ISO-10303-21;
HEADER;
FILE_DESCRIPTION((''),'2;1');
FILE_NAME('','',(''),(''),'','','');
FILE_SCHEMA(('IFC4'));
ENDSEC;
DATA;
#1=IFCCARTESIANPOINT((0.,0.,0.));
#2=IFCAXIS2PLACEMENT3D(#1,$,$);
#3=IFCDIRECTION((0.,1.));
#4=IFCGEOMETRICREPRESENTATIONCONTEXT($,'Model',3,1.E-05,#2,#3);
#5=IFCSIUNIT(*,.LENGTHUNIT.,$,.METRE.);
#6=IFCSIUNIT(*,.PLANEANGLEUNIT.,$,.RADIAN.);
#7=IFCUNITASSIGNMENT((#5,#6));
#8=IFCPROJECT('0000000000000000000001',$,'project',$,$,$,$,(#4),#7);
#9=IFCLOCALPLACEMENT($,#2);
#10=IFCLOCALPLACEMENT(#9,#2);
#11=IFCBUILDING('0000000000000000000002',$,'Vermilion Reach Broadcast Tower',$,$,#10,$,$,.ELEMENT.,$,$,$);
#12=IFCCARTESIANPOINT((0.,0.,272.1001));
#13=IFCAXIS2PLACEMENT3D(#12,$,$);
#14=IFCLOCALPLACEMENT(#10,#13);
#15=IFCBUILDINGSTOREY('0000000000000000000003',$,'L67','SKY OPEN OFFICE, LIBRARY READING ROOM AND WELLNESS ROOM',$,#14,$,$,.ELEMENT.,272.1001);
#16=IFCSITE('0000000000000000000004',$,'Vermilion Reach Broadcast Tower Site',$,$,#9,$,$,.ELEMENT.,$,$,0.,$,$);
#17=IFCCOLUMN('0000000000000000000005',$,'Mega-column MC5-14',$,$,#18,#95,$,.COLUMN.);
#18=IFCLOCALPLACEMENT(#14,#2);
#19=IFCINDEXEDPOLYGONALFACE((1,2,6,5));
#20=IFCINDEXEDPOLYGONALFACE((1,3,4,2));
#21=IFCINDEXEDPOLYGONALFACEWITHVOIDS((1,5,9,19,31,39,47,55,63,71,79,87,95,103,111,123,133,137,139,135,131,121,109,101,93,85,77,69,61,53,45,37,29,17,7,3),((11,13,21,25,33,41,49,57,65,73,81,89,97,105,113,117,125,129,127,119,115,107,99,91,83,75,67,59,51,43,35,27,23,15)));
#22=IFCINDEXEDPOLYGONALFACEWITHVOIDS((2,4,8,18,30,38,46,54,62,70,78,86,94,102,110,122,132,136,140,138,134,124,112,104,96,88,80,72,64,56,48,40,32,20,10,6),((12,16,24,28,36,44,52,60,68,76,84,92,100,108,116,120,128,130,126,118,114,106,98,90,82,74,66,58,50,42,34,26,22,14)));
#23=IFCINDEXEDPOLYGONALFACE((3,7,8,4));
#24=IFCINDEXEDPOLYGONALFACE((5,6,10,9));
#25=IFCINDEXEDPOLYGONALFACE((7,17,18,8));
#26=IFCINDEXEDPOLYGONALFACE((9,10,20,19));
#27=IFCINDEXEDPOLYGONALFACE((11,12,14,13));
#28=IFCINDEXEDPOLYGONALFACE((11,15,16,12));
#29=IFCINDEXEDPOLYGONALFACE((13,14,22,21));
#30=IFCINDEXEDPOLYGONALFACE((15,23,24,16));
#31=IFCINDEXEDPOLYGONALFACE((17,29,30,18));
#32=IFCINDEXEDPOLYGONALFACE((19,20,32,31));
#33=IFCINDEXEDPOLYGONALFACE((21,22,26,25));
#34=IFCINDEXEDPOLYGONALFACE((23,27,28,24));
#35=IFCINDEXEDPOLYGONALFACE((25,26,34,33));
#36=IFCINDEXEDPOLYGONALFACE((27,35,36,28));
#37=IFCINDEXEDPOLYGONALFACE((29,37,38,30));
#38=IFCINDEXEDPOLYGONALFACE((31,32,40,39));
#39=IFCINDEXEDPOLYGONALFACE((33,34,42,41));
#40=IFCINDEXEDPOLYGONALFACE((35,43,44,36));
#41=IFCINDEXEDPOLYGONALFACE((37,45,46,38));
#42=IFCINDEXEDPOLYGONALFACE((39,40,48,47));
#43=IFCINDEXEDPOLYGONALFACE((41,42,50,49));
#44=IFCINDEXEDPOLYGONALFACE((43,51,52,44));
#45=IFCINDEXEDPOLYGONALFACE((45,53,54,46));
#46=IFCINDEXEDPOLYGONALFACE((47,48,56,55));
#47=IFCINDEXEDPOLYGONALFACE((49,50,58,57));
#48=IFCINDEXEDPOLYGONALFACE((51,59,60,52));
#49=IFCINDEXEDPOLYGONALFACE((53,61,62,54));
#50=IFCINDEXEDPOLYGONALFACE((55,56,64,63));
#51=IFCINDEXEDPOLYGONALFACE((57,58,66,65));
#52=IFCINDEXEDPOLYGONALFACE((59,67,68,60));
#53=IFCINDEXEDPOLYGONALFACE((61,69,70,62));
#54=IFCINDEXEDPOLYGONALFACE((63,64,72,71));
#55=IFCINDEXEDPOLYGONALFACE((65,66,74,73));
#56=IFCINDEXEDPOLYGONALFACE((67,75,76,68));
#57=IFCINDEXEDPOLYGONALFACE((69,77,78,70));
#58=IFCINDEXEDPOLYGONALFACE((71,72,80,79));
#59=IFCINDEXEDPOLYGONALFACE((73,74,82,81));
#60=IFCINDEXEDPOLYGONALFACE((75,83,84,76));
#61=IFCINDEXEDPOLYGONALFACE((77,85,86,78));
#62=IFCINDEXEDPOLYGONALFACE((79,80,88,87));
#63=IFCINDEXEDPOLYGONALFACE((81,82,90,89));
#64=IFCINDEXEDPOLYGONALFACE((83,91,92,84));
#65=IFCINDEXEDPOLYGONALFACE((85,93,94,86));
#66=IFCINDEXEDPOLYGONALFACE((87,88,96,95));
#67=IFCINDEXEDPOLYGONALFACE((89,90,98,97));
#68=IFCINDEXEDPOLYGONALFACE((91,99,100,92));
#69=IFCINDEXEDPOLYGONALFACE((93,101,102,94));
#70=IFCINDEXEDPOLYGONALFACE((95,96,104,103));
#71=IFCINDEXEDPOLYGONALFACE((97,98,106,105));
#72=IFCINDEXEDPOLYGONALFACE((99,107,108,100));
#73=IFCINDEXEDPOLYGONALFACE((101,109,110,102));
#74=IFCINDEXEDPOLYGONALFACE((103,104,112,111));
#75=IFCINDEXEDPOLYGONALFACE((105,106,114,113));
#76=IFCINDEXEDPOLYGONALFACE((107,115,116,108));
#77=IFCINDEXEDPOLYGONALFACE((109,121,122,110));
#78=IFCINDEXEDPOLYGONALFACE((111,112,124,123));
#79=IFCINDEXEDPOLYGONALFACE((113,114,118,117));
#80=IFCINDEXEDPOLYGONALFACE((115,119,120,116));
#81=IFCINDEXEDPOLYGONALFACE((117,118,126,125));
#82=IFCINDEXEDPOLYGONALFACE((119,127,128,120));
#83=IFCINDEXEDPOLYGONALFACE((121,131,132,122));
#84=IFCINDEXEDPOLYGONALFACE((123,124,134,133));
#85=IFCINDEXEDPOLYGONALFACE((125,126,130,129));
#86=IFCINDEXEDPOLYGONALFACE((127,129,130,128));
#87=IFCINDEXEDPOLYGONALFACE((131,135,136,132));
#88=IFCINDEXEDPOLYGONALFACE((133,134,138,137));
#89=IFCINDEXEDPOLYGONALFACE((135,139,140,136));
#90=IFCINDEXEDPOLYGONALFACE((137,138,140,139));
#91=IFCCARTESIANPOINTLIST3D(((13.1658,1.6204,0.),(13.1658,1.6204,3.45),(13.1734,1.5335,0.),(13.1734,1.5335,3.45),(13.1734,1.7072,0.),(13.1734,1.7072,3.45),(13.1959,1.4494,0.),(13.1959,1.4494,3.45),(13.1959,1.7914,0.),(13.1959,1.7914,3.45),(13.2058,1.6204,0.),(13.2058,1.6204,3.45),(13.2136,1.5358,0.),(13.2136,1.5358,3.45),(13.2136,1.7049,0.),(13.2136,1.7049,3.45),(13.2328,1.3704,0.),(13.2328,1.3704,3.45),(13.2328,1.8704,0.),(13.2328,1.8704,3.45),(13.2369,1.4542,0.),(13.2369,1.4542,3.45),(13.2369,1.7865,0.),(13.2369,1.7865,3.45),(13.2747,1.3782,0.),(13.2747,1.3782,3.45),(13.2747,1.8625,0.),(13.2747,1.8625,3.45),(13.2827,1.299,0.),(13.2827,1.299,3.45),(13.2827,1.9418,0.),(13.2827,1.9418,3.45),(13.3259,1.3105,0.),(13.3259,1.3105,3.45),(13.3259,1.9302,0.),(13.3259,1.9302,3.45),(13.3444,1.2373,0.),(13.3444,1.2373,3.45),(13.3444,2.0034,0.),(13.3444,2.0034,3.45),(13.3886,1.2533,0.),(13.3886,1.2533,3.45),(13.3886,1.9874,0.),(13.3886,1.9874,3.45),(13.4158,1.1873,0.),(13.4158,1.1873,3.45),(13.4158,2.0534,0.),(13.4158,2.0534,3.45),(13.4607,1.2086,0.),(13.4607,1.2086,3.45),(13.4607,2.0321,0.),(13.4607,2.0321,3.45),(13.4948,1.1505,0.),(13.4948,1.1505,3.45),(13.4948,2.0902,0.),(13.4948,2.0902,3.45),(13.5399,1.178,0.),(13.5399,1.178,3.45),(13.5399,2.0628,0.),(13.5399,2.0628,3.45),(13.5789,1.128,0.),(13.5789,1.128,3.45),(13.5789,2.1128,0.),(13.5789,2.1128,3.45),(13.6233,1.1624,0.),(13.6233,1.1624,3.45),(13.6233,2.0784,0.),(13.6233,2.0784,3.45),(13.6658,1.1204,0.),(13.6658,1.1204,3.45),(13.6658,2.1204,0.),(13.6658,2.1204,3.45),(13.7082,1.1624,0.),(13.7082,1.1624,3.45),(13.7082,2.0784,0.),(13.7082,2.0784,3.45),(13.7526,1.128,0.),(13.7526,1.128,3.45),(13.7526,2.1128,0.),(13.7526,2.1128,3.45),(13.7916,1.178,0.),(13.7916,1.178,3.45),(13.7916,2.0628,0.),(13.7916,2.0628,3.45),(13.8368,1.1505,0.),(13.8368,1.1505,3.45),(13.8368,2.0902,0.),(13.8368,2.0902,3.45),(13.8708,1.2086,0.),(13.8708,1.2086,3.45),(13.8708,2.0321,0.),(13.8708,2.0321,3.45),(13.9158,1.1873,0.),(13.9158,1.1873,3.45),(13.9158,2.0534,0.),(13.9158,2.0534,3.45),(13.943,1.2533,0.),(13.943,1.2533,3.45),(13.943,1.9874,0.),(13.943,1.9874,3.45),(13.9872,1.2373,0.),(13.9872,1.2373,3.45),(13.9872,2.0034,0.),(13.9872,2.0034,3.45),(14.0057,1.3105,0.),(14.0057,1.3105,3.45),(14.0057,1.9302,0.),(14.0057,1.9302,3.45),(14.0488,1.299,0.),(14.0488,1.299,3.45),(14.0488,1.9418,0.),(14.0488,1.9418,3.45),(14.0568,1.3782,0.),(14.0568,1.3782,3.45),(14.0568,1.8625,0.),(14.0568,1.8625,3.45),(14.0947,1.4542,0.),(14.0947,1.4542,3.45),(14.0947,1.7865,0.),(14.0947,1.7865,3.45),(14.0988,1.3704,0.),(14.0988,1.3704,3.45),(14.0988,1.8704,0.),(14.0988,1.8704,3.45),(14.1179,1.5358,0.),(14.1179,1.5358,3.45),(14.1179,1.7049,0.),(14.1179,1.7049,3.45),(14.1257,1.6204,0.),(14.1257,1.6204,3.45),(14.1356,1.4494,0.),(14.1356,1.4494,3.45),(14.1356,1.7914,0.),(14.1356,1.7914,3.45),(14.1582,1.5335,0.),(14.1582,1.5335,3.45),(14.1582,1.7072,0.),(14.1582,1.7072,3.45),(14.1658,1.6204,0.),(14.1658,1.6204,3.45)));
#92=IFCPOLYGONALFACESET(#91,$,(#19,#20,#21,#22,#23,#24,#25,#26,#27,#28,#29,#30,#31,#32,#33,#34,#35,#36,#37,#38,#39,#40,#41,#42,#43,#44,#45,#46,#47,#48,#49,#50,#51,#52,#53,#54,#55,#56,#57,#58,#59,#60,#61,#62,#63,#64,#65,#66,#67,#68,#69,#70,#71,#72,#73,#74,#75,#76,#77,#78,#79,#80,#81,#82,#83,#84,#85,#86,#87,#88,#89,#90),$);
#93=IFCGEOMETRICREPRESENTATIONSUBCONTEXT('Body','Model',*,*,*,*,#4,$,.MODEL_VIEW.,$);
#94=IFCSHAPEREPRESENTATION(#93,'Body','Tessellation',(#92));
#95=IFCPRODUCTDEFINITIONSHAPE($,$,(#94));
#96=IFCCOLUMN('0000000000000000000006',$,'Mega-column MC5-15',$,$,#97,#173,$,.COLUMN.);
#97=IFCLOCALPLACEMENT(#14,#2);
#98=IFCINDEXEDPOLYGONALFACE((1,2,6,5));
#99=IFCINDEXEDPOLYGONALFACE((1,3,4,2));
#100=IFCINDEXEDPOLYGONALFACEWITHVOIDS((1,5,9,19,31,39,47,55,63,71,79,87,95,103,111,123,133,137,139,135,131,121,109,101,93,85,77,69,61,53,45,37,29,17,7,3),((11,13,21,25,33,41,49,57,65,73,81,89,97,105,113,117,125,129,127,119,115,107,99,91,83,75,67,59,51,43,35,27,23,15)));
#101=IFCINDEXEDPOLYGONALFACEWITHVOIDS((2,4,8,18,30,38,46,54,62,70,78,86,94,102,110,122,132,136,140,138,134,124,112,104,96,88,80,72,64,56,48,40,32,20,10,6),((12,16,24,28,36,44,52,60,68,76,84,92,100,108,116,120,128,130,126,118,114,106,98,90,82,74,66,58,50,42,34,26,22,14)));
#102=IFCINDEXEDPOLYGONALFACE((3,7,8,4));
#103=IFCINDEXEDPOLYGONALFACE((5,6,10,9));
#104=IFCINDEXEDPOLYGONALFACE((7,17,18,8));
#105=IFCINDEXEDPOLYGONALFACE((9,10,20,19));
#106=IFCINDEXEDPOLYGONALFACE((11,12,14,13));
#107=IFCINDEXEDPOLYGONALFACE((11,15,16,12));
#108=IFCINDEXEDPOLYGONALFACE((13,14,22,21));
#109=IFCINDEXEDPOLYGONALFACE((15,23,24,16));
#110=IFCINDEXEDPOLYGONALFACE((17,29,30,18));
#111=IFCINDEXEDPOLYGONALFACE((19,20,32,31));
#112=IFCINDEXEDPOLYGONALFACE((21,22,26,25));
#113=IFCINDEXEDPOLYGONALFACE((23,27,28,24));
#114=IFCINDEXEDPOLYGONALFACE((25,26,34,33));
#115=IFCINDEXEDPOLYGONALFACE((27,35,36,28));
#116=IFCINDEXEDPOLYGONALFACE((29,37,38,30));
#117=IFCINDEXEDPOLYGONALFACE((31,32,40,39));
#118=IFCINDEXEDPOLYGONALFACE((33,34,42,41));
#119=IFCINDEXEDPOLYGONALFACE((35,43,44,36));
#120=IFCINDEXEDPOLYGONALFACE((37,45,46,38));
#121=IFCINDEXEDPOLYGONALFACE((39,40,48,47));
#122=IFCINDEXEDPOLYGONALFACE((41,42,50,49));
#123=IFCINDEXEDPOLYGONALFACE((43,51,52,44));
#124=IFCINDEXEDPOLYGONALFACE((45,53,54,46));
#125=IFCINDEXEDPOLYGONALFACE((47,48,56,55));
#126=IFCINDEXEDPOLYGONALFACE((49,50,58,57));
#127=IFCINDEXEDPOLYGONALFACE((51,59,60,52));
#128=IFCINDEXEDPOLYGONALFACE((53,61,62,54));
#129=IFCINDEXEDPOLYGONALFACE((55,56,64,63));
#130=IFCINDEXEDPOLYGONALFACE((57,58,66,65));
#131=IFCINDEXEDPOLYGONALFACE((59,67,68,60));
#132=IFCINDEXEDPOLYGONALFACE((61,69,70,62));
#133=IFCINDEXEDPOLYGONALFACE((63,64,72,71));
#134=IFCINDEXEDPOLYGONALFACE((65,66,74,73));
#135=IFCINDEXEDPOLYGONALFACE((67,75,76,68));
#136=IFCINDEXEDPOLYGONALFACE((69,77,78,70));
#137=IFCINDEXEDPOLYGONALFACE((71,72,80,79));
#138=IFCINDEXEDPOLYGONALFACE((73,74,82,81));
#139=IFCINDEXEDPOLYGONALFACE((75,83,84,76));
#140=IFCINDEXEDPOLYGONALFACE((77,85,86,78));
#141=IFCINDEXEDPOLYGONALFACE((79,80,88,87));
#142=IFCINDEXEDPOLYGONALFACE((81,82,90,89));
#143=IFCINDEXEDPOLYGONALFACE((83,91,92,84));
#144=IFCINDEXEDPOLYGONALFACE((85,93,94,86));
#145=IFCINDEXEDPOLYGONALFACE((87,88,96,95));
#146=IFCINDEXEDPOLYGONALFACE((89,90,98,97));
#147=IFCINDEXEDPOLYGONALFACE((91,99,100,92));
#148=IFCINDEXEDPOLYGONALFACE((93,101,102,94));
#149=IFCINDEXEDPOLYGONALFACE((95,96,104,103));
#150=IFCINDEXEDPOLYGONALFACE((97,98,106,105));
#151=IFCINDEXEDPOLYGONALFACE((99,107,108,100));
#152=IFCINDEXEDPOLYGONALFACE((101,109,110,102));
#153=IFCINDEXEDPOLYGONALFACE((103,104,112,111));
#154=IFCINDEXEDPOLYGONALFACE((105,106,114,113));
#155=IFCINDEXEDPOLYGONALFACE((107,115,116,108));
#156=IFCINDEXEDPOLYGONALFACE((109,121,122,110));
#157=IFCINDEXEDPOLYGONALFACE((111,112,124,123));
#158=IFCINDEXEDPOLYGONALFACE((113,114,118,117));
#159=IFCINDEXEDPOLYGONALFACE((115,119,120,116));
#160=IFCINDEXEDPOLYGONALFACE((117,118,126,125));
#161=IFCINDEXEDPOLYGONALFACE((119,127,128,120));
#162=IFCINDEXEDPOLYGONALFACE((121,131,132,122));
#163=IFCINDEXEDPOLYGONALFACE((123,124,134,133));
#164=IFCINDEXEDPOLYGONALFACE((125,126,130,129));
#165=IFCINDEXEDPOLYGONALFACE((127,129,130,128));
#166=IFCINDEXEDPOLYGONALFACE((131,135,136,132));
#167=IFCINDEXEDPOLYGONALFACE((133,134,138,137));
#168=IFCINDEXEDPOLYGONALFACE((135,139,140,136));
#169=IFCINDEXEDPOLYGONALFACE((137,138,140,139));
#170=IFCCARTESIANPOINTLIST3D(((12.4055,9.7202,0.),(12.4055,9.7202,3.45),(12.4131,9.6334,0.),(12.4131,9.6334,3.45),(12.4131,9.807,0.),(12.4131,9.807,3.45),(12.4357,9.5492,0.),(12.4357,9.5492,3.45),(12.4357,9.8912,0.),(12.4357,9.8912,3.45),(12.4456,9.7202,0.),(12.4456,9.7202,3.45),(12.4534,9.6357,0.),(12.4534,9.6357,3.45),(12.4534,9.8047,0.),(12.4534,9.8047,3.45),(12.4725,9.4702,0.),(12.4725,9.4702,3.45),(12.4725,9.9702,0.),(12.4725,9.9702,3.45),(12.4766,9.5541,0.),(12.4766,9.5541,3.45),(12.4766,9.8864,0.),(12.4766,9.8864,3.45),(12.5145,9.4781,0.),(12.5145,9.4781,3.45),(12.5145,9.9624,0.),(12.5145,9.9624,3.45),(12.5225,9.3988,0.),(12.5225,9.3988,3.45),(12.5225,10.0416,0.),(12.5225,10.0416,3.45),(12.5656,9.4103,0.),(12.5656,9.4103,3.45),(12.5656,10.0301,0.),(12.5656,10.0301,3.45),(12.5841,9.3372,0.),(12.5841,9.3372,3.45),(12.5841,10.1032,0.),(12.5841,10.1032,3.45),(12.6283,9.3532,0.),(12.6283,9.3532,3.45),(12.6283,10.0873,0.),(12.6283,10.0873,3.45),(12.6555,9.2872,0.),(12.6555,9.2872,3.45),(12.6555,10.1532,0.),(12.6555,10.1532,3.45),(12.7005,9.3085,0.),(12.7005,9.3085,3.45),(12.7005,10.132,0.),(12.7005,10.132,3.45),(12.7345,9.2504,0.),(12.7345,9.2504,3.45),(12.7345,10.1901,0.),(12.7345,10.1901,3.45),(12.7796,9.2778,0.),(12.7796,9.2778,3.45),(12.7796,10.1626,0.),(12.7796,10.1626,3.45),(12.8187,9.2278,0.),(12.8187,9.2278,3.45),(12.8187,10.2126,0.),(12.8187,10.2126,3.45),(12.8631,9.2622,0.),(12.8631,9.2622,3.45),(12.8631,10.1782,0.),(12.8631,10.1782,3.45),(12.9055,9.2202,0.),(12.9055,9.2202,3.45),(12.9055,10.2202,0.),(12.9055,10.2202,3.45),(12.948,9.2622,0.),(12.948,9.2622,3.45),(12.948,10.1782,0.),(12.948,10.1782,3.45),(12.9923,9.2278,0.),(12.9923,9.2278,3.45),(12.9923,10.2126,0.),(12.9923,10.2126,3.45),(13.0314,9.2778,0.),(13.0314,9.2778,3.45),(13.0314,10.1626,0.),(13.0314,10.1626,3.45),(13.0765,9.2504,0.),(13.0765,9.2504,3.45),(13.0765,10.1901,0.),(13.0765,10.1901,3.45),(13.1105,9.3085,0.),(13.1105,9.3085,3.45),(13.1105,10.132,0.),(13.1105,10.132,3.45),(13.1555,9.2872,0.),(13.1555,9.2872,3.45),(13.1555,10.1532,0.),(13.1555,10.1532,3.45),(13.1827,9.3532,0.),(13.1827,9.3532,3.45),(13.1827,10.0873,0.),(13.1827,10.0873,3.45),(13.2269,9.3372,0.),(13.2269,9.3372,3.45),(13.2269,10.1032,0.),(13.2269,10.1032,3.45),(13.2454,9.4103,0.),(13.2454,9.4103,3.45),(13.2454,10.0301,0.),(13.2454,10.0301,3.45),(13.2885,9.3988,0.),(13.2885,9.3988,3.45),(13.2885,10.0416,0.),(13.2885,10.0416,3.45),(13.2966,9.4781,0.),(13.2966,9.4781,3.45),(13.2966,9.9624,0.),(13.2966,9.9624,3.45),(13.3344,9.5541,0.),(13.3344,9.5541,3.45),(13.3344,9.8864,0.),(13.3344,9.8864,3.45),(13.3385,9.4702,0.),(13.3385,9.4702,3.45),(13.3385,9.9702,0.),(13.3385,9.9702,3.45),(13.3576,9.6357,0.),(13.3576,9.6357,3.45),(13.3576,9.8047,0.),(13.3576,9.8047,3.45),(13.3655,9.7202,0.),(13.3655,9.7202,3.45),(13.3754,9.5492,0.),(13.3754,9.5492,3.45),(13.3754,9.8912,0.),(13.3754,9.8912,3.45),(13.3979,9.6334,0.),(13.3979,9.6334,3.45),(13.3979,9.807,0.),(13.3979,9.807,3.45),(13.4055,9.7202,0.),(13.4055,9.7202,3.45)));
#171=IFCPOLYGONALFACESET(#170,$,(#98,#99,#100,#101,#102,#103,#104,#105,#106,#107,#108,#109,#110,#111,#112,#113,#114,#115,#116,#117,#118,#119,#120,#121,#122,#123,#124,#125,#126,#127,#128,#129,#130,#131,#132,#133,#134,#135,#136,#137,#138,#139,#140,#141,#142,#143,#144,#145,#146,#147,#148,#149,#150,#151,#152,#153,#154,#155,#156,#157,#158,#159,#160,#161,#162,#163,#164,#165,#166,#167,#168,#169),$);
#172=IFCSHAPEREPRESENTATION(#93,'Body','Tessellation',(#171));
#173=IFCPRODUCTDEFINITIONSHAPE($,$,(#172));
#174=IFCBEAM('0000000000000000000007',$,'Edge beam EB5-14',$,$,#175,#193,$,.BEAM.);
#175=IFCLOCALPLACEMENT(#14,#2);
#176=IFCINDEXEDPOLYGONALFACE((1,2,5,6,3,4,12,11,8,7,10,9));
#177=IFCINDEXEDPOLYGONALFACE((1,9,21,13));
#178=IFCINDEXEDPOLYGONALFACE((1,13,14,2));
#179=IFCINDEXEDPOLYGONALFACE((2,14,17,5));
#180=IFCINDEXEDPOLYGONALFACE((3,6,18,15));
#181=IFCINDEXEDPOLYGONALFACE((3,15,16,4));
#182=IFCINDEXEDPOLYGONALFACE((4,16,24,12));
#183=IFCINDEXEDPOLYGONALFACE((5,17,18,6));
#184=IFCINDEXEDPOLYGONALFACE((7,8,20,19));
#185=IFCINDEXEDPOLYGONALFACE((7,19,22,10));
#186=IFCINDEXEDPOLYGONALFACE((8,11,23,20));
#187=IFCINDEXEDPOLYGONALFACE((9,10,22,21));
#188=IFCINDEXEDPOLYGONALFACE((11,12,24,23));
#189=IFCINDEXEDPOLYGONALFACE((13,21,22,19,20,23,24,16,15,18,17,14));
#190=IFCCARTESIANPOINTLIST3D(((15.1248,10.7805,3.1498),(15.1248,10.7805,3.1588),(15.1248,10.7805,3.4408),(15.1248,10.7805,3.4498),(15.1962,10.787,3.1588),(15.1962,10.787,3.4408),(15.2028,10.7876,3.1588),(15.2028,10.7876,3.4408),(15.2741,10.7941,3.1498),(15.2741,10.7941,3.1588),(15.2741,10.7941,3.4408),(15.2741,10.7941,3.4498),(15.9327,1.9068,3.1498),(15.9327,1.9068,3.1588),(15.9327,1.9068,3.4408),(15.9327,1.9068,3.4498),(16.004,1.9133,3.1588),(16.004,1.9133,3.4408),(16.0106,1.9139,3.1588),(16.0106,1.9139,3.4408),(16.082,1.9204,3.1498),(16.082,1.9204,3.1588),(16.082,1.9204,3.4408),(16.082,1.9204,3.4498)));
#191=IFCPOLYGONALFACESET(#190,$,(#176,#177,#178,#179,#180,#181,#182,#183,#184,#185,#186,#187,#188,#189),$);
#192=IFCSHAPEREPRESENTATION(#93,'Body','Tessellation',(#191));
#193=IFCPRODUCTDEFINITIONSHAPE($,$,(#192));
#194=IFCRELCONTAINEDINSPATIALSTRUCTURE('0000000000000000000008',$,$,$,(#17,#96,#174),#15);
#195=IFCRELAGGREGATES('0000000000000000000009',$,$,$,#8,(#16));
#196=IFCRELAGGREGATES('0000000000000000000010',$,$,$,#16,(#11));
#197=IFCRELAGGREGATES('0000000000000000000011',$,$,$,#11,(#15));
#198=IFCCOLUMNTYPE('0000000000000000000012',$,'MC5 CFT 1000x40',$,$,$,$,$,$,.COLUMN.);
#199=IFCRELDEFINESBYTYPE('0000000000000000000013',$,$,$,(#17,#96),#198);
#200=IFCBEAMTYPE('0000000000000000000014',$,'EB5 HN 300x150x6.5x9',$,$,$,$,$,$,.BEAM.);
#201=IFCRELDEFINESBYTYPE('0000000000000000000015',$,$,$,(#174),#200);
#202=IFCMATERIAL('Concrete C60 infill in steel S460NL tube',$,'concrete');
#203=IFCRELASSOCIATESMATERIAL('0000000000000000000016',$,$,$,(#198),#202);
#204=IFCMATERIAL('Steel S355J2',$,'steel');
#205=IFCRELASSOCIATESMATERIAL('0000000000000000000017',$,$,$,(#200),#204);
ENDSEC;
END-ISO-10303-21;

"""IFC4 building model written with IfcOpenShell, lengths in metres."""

from ifc_helpers import new_model, si_unit, direction, frame, origin, origin_2d, place, context, subcontext, project, spatial, hollow_circle, i_section, extrude, material, material_profile, profile_set, type_object, element, save


model = new_model("IFC4")

# Units and contexts
model_context = context("Model", 3, precision=1e-05, world=origin(), true_north=direction((0.0, 1.0)))
body_context = subcontext(model_context, "Body", "Model", "MODEL_VIEW")
ifc_project = project(units=[si_unit("LENGTHUNIT", "METRE"), si_unit("PLANEANGLEUNIT", "RADIAN")], contexts=[model_context])

# Site, building, storey
site_placement = place(None, origin())
site = spatial("IfcSite", under=ifc_project, at=site_placement, Name="Vermilion Reach Broadcast Tower Site", CompositionType="ELEMENT", RefElevation=0.0)
building_placement = place(site_placement, origin())
building = spatial("IfcBuilding", under=site, at=building_placement, Name="Vermilion Reach Broadcast Tower", CompositionType="ELEMENT")
storey_placement = place(building_placement, frame((0.0, 0.0, 272.1001)))
storey = spatial("IfcBuildingStorey", under=building, at=storey_placement, Name="L67", Description="SKY OPEN OFFICE, LIBRARY READING ROOM AND WELLNESS ROOM", CompositionType="ELEMENT", Elevation=272.1001)

# Columns
ifc_material_1 = material(Name="Concrete C60 infill in steel S460NL tube", Category="concrete")
ifc_material_profile_1 = material_profile(ifc_material_1, hollow_circle(Radius=0.5, WallThickness=0.04, at=origin_2d()), Name="Concrete C60 infill in steel S460NL tube CFT 1000x40")
ifc_profile_set_1 = profile_set([ifc_material_profile_1], Name="Concrete C60 infill in steel S460NL tube")
column_type = type_object("IfcColumnType", Name="MC5 CFT 1000x40", PredefinedType="COLUMN", material=ifc_profile_set_1)
for number, where, z_axis, x_axis, name in (
    (1, (13.6658, 1.6204, 0.0), (0.0, 0.0, 1.0), (1.0, 0.0, 0.0), "Mega-column MC5-14"),
    (2, (12.9055, 9.7202, 0.0), (0.0, 0.0, 1.0), (1.0, 0.0, 0.0), "Mega-column MC5-15"),
):
    element("IfcColumn", number, at=place(storey_placement, frame(where, z_axis=z_axis, x_axis=x_axis)), inside=storey, type_object=column_type, Name=name, PredefinedType="COLUMN", context=body_context, shape_type="SweptSolid", body=[
        extrude(hollow_circle(Radius=0.5, WallThickness=0.04, at=origin_2d()), origin(), (0.0, 0.0, 1.0), 3.45),
    ])

# Beam
ifc_material_2 = material(Name="Steel S355J2", Category="steel")
ifc_material_profile_2 = material_profile(ifc_material_2, i_section(OverallWidth=0.1499, OverallDepth=0.3, WebThickness=0.0066, FlangeThickness=0.009, at=origin_2d()), Name="S355J2 HN 300x150x6.5x9")
ifc_profile_set_2 = profile_set([ifc_material_profile_2], Name="Steel S355J2")
beam_type_1 = type_object("IfcBeamType", Name="EB5 HN 300x150x6.5x9", PredefinedType="BEAM", material=ifc_profile_set_2)
beam_1_placement = place(storey_placement, frame((16.0073, 1.9136, 3.2998), z_axis=(-0.090664, 0.995882, 0.0), x_axis=(-0.995882, -0.090664, 0.0)))
element("IfcBeam", 3, at=beam_1_placement, inside=storey, type_object=beam_type_1, Name="Edge beam EB5-14", PredefinedType="BEAM", context=body_context, shape_type="SweptSolid", body=[
    extrude(i_section(OverallWidth=0.1499, OverallDepth=0.3, WebThickness=0.0066, FlangeThickness=0.009, at=origin_2d()), origin(), (0.0, 0.0, 1.0), 8.9104),
])

save(model, "model.ifc")
